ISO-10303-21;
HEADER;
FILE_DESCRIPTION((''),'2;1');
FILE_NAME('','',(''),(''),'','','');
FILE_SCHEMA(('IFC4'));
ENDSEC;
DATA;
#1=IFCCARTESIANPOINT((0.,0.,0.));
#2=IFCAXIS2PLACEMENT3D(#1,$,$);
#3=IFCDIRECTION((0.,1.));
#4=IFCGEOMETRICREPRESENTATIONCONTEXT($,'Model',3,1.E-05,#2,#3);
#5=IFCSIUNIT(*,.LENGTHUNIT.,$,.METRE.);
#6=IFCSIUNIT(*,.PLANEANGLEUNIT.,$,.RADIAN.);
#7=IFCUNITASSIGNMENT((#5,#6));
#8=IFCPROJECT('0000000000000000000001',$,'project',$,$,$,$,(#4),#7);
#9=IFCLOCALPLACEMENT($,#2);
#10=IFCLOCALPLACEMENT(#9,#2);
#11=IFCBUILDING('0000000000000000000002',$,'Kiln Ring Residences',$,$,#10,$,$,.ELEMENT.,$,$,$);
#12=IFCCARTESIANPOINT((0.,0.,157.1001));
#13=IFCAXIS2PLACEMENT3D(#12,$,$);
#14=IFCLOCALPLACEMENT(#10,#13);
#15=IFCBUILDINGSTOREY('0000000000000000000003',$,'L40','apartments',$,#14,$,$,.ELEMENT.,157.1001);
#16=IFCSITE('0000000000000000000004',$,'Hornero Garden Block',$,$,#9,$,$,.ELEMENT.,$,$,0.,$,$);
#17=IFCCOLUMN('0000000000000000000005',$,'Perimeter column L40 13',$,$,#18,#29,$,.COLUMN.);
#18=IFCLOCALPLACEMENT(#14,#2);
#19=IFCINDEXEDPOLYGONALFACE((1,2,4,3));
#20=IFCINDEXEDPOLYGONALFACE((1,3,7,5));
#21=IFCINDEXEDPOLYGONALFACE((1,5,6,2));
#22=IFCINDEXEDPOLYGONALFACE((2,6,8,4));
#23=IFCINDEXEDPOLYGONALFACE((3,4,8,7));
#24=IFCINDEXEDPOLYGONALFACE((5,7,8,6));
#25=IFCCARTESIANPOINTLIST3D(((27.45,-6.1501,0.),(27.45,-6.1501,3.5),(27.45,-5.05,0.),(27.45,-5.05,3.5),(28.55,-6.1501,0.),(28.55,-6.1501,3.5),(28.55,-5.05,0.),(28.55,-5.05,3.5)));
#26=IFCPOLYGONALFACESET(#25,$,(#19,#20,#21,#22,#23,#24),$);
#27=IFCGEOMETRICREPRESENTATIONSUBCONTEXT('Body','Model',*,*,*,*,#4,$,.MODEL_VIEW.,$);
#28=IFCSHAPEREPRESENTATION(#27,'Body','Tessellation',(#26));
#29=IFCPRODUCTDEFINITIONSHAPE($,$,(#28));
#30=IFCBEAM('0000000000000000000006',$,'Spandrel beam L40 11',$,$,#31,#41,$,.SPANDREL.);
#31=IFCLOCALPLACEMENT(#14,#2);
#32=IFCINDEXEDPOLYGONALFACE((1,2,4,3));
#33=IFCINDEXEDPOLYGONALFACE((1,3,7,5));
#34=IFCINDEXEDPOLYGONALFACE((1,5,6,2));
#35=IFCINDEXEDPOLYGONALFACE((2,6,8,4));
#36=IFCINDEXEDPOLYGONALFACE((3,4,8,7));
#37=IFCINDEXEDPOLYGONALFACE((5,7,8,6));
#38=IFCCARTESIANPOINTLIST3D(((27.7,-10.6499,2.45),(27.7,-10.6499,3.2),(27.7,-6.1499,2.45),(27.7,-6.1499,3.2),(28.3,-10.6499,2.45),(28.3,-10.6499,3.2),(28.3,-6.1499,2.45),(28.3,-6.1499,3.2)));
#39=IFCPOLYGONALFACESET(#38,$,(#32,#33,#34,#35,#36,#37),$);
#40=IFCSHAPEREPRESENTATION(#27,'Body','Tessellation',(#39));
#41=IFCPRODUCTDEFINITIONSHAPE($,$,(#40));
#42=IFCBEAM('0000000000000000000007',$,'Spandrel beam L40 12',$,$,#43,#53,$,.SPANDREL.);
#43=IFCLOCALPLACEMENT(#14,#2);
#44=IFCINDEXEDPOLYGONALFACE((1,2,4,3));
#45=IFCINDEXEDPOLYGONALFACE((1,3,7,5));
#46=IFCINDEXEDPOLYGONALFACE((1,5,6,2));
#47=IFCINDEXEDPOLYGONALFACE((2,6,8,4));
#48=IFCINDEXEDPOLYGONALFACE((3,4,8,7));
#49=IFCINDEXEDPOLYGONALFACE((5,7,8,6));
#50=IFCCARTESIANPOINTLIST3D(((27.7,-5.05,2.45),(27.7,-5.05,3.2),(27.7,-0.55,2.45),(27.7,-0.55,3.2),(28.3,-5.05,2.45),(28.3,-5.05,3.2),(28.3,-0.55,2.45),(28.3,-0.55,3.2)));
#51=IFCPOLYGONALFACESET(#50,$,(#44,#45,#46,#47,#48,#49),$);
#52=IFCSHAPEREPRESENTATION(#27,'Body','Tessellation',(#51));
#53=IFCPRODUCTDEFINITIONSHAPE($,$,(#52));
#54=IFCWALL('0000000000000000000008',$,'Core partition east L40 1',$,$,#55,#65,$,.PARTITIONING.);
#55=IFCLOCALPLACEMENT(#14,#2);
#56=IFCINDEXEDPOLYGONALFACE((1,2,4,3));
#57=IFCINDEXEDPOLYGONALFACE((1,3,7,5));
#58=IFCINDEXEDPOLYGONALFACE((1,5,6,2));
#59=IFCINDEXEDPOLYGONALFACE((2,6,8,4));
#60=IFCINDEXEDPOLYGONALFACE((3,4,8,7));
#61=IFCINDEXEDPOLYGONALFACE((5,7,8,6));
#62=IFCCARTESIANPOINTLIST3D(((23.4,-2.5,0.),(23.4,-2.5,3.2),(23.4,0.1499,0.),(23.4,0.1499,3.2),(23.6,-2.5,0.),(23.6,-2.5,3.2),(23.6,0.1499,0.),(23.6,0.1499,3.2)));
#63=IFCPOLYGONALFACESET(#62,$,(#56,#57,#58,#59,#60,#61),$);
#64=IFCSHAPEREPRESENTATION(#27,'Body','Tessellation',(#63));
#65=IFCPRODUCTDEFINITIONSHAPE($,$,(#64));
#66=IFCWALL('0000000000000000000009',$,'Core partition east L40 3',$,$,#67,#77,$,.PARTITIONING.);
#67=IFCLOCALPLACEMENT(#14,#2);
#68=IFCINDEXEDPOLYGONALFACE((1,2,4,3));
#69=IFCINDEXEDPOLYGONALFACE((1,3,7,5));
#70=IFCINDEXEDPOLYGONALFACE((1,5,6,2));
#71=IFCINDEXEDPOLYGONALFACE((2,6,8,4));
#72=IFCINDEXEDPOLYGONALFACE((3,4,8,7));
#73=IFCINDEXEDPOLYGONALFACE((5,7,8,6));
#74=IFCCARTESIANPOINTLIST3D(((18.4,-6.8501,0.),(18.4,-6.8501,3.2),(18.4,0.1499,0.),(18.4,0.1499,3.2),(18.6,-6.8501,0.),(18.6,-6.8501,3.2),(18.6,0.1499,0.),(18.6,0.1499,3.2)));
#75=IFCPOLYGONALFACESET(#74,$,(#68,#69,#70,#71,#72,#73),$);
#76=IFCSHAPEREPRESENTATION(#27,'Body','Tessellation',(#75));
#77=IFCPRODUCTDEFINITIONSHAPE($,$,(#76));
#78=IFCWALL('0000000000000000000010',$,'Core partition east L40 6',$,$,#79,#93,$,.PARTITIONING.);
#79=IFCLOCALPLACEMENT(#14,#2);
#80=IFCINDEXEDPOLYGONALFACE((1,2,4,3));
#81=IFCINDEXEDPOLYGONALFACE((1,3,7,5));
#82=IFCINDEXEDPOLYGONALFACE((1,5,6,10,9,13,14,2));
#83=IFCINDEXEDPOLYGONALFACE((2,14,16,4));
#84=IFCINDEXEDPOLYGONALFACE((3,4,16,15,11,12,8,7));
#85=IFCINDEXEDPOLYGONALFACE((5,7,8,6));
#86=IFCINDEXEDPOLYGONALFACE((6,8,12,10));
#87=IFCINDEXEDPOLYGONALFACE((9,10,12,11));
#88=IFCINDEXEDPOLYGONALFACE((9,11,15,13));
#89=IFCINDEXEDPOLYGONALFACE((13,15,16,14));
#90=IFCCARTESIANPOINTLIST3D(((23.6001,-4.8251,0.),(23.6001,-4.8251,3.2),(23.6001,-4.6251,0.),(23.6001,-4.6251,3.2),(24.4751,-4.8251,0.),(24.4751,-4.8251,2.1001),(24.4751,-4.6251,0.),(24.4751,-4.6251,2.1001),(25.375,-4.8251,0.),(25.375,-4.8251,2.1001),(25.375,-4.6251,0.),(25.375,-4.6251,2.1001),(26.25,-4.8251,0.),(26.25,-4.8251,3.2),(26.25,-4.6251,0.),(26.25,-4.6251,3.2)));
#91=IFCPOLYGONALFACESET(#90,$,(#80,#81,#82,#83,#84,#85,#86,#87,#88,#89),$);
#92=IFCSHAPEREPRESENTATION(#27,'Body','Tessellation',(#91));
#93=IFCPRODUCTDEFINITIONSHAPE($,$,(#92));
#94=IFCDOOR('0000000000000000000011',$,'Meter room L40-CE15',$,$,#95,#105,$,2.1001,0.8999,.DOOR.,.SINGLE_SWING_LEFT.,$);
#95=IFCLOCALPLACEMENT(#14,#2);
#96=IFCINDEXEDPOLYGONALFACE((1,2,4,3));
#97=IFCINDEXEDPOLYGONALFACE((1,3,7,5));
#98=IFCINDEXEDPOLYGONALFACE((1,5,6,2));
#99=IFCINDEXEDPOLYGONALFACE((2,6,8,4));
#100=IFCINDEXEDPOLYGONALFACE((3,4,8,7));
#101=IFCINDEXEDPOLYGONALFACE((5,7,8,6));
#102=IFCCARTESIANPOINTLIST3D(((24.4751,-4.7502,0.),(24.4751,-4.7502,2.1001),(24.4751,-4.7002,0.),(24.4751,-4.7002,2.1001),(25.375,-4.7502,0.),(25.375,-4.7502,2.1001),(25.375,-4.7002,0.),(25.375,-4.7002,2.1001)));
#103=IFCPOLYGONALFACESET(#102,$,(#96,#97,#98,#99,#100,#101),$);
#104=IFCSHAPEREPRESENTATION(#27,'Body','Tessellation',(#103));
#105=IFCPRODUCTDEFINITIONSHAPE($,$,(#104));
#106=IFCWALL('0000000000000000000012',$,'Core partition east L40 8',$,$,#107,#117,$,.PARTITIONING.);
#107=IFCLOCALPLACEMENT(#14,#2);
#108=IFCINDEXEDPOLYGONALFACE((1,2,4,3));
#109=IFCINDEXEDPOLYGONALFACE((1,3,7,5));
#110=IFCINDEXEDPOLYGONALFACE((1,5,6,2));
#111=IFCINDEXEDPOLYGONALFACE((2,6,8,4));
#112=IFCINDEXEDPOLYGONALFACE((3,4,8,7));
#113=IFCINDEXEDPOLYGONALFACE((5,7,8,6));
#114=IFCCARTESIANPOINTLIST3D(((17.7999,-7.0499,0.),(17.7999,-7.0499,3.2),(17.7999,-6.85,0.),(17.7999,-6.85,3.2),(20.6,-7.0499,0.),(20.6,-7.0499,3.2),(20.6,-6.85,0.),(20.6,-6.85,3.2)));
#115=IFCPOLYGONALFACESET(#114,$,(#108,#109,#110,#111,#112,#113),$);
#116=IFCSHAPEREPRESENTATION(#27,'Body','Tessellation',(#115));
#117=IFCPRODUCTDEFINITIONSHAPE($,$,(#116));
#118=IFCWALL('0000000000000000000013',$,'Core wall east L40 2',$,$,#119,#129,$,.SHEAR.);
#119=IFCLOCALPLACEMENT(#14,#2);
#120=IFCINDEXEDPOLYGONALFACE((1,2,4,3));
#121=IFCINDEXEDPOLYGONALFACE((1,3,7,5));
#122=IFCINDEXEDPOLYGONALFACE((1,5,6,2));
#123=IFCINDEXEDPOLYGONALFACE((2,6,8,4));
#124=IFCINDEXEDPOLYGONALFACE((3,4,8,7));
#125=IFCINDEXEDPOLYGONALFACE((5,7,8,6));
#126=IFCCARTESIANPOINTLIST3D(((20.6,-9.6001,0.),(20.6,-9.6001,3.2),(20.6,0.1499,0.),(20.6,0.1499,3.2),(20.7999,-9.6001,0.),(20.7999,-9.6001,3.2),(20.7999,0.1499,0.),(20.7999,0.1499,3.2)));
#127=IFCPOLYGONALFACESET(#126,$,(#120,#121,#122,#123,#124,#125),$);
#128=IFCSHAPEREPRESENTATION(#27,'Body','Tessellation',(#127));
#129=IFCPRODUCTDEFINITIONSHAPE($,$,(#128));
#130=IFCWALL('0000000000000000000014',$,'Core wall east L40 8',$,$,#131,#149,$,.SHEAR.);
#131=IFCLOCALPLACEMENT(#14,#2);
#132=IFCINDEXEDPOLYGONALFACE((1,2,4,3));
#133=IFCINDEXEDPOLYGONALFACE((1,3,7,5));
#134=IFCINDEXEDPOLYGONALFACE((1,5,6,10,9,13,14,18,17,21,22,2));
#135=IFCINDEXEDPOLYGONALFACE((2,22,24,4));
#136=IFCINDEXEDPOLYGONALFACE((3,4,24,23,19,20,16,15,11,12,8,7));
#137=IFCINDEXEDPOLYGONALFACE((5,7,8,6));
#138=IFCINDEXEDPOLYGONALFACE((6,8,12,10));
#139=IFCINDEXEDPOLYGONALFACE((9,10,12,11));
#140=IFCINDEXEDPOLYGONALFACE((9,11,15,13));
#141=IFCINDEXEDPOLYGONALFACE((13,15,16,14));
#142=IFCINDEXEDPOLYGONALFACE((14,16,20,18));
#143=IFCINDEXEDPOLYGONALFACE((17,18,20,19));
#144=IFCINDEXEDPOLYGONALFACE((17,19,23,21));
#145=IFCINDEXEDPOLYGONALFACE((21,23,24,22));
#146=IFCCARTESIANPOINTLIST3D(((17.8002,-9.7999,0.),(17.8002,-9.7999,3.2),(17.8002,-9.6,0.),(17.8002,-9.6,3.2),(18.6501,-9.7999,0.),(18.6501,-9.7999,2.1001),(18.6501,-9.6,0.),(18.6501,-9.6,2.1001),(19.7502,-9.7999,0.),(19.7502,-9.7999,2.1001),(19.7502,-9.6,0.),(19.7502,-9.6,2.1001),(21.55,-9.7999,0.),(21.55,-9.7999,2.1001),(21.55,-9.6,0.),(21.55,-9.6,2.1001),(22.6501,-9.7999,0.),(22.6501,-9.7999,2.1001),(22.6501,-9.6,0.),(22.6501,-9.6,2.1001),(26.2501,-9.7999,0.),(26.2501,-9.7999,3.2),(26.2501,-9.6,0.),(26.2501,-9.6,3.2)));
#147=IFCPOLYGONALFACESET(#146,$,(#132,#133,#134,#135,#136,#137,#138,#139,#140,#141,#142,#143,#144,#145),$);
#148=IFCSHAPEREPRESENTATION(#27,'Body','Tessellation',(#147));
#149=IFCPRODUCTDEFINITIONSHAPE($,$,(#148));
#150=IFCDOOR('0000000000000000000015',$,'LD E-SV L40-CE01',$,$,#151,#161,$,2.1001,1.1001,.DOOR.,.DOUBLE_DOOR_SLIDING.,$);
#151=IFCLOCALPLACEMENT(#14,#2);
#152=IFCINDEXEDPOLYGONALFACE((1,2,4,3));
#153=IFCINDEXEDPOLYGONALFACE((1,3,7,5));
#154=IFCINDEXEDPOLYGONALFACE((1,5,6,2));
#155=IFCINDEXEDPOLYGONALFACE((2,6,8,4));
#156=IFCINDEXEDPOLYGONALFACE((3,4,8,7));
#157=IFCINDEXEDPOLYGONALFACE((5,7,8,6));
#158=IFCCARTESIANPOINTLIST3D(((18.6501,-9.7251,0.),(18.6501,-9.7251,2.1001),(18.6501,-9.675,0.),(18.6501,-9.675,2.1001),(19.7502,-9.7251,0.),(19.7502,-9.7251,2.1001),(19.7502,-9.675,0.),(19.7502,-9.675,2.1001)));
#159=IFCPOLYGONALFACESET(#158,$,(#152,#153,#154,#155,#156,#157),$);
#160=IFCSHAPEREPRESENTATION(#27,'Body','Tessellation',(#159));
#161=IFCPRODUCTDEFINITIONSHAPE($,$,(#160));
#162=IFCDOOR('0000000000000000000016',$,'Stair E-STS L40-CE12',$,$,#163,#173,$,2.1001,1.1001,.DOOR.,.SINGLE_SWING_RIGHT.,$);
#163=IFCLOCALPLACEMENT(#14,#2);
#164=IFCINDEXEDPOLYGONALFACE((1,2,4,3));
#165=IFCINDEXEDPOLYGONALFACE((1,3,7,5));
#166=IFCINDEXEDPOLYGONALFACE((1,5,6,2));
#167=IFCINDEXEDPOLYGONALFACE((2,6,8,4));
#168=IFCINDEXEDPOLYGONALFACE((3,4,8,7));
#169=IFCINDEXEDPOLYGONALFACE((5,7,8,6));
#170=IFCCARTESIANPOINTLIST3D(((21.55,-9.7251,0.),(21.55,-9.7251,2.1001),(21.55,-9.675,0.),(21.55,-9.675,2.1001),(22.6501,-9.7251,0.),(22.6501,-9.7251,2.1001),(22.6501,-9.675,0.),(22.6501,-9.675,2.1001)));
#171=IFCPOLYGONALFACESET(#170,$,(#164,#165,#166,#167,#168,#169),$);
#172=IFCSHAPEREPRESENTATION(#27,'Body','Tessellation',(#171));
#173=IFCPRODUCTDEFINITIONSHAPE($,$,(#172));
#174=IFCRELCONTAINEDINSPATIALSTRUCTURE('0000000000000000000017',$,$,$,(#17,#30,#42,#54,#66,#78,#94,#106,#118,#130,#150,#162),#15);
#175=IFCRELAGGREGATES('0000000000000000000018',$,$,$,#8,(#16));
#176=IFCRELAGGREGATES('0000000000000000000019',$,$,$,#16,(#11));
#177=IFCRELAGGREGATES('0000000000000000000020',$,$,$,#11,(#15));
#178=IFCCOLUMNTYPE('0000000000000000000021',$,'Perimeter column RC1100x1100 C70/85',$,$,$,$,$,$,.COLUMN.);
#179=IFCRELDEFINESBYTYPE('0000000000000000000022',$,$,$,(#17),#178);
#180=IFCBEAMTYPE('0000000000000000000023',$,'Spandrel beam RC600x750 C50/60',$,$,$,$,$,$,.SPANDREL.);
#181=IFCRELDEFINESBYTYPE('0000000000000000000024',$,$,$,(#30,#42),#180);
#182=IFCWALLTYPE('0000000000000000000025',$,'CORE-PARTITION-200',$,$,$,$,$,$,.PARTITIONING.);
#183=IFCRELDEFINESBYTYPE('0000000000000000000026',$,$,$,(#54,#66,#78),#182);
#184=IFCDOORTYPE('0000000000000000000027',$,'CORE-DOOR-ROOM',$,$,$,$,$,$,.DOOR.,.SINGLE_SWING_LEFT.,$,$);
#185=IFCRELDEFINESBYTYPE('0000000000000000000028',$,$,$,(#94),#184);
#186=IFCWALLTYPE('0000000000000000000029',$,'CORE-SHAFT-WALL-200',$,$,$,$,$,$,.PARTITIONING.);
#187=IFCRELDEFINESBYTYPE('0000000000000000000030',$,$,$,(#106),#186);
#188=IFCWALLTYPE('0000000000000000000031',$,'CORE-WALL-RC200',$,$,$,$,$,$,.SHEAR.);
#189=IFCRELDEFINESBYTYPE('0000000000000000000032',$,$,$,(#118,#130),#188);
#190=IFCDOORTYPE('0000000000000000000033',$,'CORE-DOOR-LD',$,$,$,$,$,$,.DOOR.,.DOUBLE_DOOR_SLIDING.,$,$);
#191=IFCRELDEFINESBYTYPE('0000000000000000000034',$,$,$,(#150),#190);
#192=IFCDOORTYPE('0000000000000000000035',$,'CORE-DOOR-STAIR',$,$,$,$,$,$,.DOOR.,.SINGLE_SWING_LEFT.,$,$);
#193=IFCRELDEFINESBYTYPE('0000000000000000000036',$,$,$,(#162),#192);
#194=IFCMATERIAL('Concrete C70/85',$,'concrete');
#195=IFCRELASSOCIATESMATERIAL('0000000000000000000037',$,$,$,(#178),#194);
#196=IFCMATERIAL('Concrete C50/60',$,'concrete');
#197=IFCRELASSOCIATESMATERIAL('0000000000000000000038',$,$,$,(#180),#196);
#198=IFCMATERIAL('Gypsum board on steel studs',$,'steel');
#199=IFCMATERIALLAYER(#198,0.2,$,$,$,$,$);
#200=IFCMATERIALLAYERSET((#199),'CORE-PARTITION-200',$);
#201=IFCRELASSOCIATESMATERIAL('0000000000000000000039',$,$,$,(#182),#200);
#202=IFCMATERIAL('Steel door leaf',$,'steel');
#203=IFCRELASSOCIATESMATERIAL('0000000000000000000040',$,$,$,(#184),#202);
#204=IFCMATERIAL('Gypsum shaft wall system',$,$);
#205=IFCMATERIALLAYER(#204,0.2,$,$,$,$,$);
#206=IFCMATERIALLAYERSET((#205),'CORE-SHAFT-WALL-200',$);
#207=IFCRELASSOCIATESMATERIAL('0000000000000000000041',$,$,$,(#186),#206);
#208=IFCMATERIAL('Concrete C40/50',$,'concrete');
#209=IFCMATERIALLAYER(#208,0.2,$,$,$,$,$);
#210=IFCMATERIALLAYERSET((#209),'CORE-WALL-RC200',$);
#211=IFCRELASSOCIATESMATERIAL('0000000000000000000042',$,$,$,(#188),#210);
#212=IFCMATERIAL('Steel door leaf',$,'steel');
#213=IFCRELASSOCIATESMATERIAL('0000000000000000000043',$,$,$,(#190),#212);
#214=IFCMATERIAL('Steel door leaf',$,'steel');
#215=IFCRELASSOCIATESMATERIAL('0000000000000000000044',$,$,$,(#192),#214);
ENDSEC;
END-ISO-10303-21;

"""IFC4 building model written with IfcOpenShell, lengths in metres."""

from ifc_helpers import new_model, si_unit, direction, frame, frame_2d, origin, origin_2d, place, context, subcontext, project, spatial, rectangle, extrude, material, layer, layer_set, material_profile, profile_set, type_object, element, fill, save


model = new_model("IFC4")

# Units and contexts
model_context = context("Model", 3, precision=1e-05, world=origin(), true_north=direction((0.0, 1.0)))
body_context = subcontext(model_context, "Body", "Model", "MODEL_VIEW")
ifc_project = project(units=[si_unit("LENGTHUNIT", "METRE"), si_unit("PLANEANGLEUNIT", "RADIAN")], contexts=[model_context])

# Site, building, storey
site_placement = place(None, origin())
site = spatial("IfcSite", under=ifc_project, at=site_placement, Name="Hornero Garden Block", CompositionType="ELEMENT", RefElevation=0.0)
building_placement = place(site_placement, origin())
building = spatial("IfcBuilding", under=site, at=building_placement, Name="Kiln Ring Residences", CompositionType="ELEMENT")
storey_placement = place(building_placement, frame((0.0, 0.0, 157.1001)))
storey = spatial("IfcBuildingStorey", under=building, at=storey_placement, Name="L40", Description="apartments", CompositionType="ELEMENT", Elevation=157.1001)

# Column
ifc_material_1 = material(Name="Concrete C70/85", Category="concrete")
ifc_material_profile_1 = material_profile(ifc_material_1, rectangle(XDim=1.1001, YDim=1.1001, at=origin_2d()), Name="RC1100x1100")
ifc_profile_set_1 = profile_set([ifc_material_profile_1], Name="Concrete C70/85")
column_type = type_object("IfcColumnType", Name="Perimeter column RC1100x1100 C70/85", PredefinedType="COLUMN", material=ifc_profile_set_1)
column_placement = place(storey_placement, frame((28.0, -5.6001, 0.0), z_axis=(0.0, 0.0, 1.0), x_axis=(1.0, 0.0, 0.0)))
element("IfcColumn", 1, at=column_placement, inside=storey, type_object=column_type, Name="Perimeter column L40 13", PredefinedType="COLUMN", context=body_context, shape_type="SweptSolid", body=[
    extrude(rectangle(XDim=1.1001, YDim=1.1001, at=origin_2d()), origin(), (0.0, 0.0, 1.0), 3.5),
])

# Beams
ifc_material_2 = material(Name="Concrete C50/60", Category="concrete")
ifc_material_profile_2 = material_profile(ifc_material_2, rectangle(XDim=0.6001, YDim=0.75, at=origin_2d()), Name="RC600x750")
ifc_profile_set_2 = profile_set([ifc_material_profile_2], Name="Concrete C50/60")
beam_type = type_object("IfcBeamType", Name="Spandrel beam RC600x750 C50/60", PredefinedType="SPANDREL", material=ifc_profile_set_2)
for number, where, z_axis, x_axis, name in (
    (2, (28.0, -10.6499, 2.825), (0.0, 1.0, 0.0), (-1.0, 0.0, 0.0), "Spandrel beam L40 11"),
    (3, (28.0, -5.05, 2.825), (0.0, 1.0, 0.0), (-1.0, 0.0, 0.0), "Spandrel beam L40 12"),
):
    element("IfcBeam", number, at=place(storey_placement, frame(where, z_axis=z_axis, x_axis=x_axis)), inside=storey, type_object=beam_type, Name=name, PredefinedType="SPANDREL", context=body_context, shape_type="SweptSolid", body=[
        extrude(rectangle(XDim=0.6001, YDim=0.75, at=origin_2d()), origin(), (0.0, 0.0, 1.0), 4.5),
    ])

# Walls
ifc_material_3 = material(Name="Gypsum board on steel studs", Category="steel")
ifc_layer_1 = layer(ifc_material_3, 0.2)
ifc_layer_set_1 = layer_set([ifc_layer_1], Name="CORE-PARTITION-200")
wall_type_1 = type_object("IfcWallType", Name="CORE-PARTITION-200", PredefinedType="PARTITIONING", material=ifc_layer_set_1)
wall_1_placement = place(storey_placement, frame((23.5, -2.5, 0.0), z_axis=(0.0, 0.0, 1.0), x_axis=(0.0, 1.0, 0.0)))
element("IfcWall", 4, at=wall_1_placement, inside=storey, type_object=wall_type_1, Name="Core partition east L40 1", PredefinedType="PARTITIONING", context=body_context, shape_type="SweptSolid", body=[
    extrude(rectangle(XDim=2.6499, YDim=0.2, at=frame_2d((1.325, 0.0))), origin(), (0.0, 0.0, 1.0), 3.2),
])
wall_2_placement = place(storey_placement, frame((18.5, -6.8501, 0.0), z_axis=(0.0, 0.0, 1.0), x_axis=(0.0, 1.0, 0.0)))
element("IfcWall", 5, at=wall_2_placement, inside=storey, type_object=wall_type_1, Name="Core partition east L40 3", PredefinedType="PARTITIONING", context=body_context, shape_type="SweptSolid", body=[
    extrude(rectangle(XDim=7.0, YDim=0.2, at=frame_2d((3.5, 0.0))), origin(), (0.0, 0.0, 1.0), 3.2),
])

# Wall, opening, door
wall_3_placement = place(storey_placement, frame((23.6001, -4.7251, 0.0), z_axis=(0.0, 0.0, 1.0), x_axis=(1.0, 0.0, 0.0)))
wall_3 = element("IfcWall", 6, at=wall_3_placement, inside=storey, type_object=wall_type_1, Name="Core partition east L40 6", PredefinedType="PARTITIONING", context=body_context, shape_type="SweptSolid", body=[
    extrude(rectangle(XDim=2.6499, YDim=0.2, at=frame_2d((1.325, 0.0))), origin(), (0.0, 0.0, 1.0), 3.2),
])
opening_1_placement = place(wall_3_placement, frame((0.875, 0.0, 0.0)))
opening_1 = element("IfcOpeningElement", 7, at=opening_1_placement, cuts=wall_3, PredefinedType="OPENING", context=body_context, shape_type="SweptSolid", body=[
    extrude(rectangle(XDim=0.8999, YDim=2.1001, at=frame_2d((0.45, 1.05))), frame((0.0, 0.1099, 0.0), z_axis=(0.0, -1.0, 0.0), x_axis=(1.0, 0.0, 0.0)), (0.0, 0.0, 1.0), 0.22),
])
ifc_material_4 = material(Name="Steel door leaf", Category="steel")
door_type_1 = type_object("IfcDoorType", Name="CORE-DOOR-ROOM", OperationType="SINGLE_SWING_LEFT", PredefinedType="DOOR", material=ifc_material_4)
door_1_placement = place(opening_1_placement, origin())
door_1 = element("IfcDoor", 8, at=door_1_placement, inside=storey, type_object=door_type_1, Name="Meter room L40-CE15", OperationType="SINGLE_SWING_LEFT", OverallHeight=2.1001, OverallWidth=0.8999, PredefinedType="DOOR", context=body_context, shape_type="SweptSolid", body=[
    extrude(rectangle(XDim=0.8999, YDim=2.1001, at=frame_2d((0.45, 1.05))), frame((0.0, 0.0249, 0.0), z_axis=(0.0, -1.0, 0.0), x_axis=(1.0, 0.0, 0.0)), (0.0, 0.0, 1.0), 0.05),
])
fill(opening_1, door_1)

# Walls
ifc_material_5 = material(Name="Gypsum shaft wall system")
ifc_layer_2 = layer(ifc_material_5, 0.2)
ifc_layer_set_2 = layer_set([ifc_layer_2], Name="CORE-SHAFT-WALL-200")
wall_type_2 = type_object("IfcWallType", Name="CORE-SHAFT-WALL-200", PredefinedType="PARTITIONING", material=ifc_layer_set_2)
wall_4_placement = place(storey_placement, frame((17.8, -6.95, 0.0), z_axis=(0.0, 0.0, 1.0), x_axis=(1.0, 0.0, 0.0)))
element("IfcWall", 9, at=wall_4_placement, inside=storey, type_object=wall_type_2, Name="Core partition east L40 8", PredefinedType="PARTITIONING", context=body_context, shape_type="SweptSolid", body=[
    extrude(rectangle(XDim=2.8, YDim=0.2, at=frame_2d((1.3999, 0.0))), origin(), (0.0, 0.0, 1.0), 3.2),
])
ifc_material_6 = material(Name="Concrete C40/50", Category="concrete")
ifc_layer_3 = layer(ifc_material_6, 0.2)
ifc_layer_set_3 = layer_set([ifc_layer_3], Name="CORE-WALL-RC200")
wall_type_3 = type_object("IfcWallType", Name="CORE-WALL-RC200", PredefinedType="SHEAR", material=ifc_layer_set_3)
wall_5_placement = place(storey_placement, frame((20.7, -9.6001, 0.0), z_axis=(0.0, 0.0, 1.0), x_axis=(0.0, 1.0, 0.0)))
element("IfcWall", 10, at=wall_5_placement, inside=storey, type_object=wall_type_3, Name="Core wall east L40 2", PredefinedType="SHEAR", context=body_context, shape_type="SweptSolid", body=[
    extrude(rectangle(XDim=9.75, YDim=0.2, at=frame_2d((4.875, 0.0))), origin(), (0.0, 0.0, 1.0), 3.2),
])

# Wall, openings, doors
wall_6_placement = place(storey_placement, frame((17.8, -9.7, 0.0), z_axis=(0.0, 0.0, 1.0), x_axis=(1.0, 0.0, 0.0)))
wall_6 = element("IfcWall", 11, at=wall_6_placement, inside=storey, type_object=wall_type_3, Name="Core wall east L40 8", PredefinedType="SHEAR", context=body_context, shape_type="SweptSolid", body=[
    extrude(rectangle(XDim=8.45, YDim=0.2, at=frame_2d((4.2251, 0.0))), origin(), (0.0, 0.0, 1.0), 3.2),
])
opening_2_placement = place(wall_6_placement, frame((0.8501, 0.0, 0.0)))
opening_2 = element("IfcOpeningElement", 12, at=opening_2_placement, cuts=wall_6, PredefinedType="OPENING", context=body_context, shape_type="SweptSolid", body=[
    extrude(rectangle(XDim=1.1001, YDim=2.1001, at=frame_2d((0.55, 1.05))), frame((0.0, 0.1099, 0.0), z_axis=(0.0, -1.0, 0.0), x_axis=(1.0, 0.0, 0.0)), (0.0, 0.0, 1.0), 0.22),
])
opening_3_placement = place(wall_6_placement, frame((3.75, 0.0, 0.0)))
opening_3 = element("IfcOpeningElement", 13, at=opening_3_placement, cuts=wall_6, PredefinedType="OPENING", context=body_context, shape_type="SweptSolid", body=[
    extrude(rectangle(XDim=1.1001, YDim=2.1001, at=frame_2d((0.55, 1.05))), frame((0.0, 0.1099, 0.0), z_axis=(0.0, -1.0, 0.0), x_axis=(1.0, 0.0, 0.0)), (0.0, 0.0, 1.0), 0.22),
])
ifc_material_7 = material(Name="Steel door leaf", Category="steel")
door_type_2 = type_object("IfcDoorType", Name="CORE-DOOR-LD", OperationType="DOUBLE_DOOR_SLIDING", PredefinedType="DOOR", material=ifc_material_7)
door_2_placement = place(opening_2_placement, origin())
door_2 = element("IfcDoor", 14, at=door_2_placement, inside=storey, type_object=door_type_2, Name="LD E-SV L40-CE01", OperationType="DOUBLE_DOOR_SLIDING", OverallHeight=2.1001, OverallWidth=1.1001, PredefinedType="DOOR", context=body_context, shape_type="SweptSolid", body=[
    extrude(rectangle(XDim=1.1001, YDim=2.1001, at=frame_2d((0.55, 1.05))), frame((0.0, 0.0249, 0.0), z_axis=(0.0, -1.0, 0.0), x_axis=(1.0, 0.0, 0.0)), (0.0, 0.0, 1.0), 0.05),
])
fill(opening_2, door_2)
ifc_material_8 = material(Name="Steel door leaf", Category="steel")
door_type_3 = type_object("IfcDoorType", Name="CORE-DOOR-STAIR", OperationType="SINGLE_SWING_LEFT", PredefinedType="DOOR", material=ifc_material_8)
door_3_placement = place(opening_3_placement, origin())
door_3 = element("IfcDoor", 15, at=door_3_placement, inside=storey, type_object=door_type_3, Name="Stair E-STS L40-CE12", OperationType="SINGLE_SWING_RIGHT", OverallHeight=2.1001, OverallWidth=1.1001, PredefinedType="DOOR", context=body_context, shape_type="SweptSolid", body=[
    extrude(rectangle(XDim=1.1001, YDim=2.1001, at=frame_2d((0.55, 1.05))), frame((0.0, 0.0249, 0.0), z_axis=(0.0, -1.0, 0.0), x_axis=(1.0, 0.0, 0.0)), (0.0, 0.0, 1.0), 0.05),
])
fill(opening_3, door_3)

save(model, "model.ifc")
